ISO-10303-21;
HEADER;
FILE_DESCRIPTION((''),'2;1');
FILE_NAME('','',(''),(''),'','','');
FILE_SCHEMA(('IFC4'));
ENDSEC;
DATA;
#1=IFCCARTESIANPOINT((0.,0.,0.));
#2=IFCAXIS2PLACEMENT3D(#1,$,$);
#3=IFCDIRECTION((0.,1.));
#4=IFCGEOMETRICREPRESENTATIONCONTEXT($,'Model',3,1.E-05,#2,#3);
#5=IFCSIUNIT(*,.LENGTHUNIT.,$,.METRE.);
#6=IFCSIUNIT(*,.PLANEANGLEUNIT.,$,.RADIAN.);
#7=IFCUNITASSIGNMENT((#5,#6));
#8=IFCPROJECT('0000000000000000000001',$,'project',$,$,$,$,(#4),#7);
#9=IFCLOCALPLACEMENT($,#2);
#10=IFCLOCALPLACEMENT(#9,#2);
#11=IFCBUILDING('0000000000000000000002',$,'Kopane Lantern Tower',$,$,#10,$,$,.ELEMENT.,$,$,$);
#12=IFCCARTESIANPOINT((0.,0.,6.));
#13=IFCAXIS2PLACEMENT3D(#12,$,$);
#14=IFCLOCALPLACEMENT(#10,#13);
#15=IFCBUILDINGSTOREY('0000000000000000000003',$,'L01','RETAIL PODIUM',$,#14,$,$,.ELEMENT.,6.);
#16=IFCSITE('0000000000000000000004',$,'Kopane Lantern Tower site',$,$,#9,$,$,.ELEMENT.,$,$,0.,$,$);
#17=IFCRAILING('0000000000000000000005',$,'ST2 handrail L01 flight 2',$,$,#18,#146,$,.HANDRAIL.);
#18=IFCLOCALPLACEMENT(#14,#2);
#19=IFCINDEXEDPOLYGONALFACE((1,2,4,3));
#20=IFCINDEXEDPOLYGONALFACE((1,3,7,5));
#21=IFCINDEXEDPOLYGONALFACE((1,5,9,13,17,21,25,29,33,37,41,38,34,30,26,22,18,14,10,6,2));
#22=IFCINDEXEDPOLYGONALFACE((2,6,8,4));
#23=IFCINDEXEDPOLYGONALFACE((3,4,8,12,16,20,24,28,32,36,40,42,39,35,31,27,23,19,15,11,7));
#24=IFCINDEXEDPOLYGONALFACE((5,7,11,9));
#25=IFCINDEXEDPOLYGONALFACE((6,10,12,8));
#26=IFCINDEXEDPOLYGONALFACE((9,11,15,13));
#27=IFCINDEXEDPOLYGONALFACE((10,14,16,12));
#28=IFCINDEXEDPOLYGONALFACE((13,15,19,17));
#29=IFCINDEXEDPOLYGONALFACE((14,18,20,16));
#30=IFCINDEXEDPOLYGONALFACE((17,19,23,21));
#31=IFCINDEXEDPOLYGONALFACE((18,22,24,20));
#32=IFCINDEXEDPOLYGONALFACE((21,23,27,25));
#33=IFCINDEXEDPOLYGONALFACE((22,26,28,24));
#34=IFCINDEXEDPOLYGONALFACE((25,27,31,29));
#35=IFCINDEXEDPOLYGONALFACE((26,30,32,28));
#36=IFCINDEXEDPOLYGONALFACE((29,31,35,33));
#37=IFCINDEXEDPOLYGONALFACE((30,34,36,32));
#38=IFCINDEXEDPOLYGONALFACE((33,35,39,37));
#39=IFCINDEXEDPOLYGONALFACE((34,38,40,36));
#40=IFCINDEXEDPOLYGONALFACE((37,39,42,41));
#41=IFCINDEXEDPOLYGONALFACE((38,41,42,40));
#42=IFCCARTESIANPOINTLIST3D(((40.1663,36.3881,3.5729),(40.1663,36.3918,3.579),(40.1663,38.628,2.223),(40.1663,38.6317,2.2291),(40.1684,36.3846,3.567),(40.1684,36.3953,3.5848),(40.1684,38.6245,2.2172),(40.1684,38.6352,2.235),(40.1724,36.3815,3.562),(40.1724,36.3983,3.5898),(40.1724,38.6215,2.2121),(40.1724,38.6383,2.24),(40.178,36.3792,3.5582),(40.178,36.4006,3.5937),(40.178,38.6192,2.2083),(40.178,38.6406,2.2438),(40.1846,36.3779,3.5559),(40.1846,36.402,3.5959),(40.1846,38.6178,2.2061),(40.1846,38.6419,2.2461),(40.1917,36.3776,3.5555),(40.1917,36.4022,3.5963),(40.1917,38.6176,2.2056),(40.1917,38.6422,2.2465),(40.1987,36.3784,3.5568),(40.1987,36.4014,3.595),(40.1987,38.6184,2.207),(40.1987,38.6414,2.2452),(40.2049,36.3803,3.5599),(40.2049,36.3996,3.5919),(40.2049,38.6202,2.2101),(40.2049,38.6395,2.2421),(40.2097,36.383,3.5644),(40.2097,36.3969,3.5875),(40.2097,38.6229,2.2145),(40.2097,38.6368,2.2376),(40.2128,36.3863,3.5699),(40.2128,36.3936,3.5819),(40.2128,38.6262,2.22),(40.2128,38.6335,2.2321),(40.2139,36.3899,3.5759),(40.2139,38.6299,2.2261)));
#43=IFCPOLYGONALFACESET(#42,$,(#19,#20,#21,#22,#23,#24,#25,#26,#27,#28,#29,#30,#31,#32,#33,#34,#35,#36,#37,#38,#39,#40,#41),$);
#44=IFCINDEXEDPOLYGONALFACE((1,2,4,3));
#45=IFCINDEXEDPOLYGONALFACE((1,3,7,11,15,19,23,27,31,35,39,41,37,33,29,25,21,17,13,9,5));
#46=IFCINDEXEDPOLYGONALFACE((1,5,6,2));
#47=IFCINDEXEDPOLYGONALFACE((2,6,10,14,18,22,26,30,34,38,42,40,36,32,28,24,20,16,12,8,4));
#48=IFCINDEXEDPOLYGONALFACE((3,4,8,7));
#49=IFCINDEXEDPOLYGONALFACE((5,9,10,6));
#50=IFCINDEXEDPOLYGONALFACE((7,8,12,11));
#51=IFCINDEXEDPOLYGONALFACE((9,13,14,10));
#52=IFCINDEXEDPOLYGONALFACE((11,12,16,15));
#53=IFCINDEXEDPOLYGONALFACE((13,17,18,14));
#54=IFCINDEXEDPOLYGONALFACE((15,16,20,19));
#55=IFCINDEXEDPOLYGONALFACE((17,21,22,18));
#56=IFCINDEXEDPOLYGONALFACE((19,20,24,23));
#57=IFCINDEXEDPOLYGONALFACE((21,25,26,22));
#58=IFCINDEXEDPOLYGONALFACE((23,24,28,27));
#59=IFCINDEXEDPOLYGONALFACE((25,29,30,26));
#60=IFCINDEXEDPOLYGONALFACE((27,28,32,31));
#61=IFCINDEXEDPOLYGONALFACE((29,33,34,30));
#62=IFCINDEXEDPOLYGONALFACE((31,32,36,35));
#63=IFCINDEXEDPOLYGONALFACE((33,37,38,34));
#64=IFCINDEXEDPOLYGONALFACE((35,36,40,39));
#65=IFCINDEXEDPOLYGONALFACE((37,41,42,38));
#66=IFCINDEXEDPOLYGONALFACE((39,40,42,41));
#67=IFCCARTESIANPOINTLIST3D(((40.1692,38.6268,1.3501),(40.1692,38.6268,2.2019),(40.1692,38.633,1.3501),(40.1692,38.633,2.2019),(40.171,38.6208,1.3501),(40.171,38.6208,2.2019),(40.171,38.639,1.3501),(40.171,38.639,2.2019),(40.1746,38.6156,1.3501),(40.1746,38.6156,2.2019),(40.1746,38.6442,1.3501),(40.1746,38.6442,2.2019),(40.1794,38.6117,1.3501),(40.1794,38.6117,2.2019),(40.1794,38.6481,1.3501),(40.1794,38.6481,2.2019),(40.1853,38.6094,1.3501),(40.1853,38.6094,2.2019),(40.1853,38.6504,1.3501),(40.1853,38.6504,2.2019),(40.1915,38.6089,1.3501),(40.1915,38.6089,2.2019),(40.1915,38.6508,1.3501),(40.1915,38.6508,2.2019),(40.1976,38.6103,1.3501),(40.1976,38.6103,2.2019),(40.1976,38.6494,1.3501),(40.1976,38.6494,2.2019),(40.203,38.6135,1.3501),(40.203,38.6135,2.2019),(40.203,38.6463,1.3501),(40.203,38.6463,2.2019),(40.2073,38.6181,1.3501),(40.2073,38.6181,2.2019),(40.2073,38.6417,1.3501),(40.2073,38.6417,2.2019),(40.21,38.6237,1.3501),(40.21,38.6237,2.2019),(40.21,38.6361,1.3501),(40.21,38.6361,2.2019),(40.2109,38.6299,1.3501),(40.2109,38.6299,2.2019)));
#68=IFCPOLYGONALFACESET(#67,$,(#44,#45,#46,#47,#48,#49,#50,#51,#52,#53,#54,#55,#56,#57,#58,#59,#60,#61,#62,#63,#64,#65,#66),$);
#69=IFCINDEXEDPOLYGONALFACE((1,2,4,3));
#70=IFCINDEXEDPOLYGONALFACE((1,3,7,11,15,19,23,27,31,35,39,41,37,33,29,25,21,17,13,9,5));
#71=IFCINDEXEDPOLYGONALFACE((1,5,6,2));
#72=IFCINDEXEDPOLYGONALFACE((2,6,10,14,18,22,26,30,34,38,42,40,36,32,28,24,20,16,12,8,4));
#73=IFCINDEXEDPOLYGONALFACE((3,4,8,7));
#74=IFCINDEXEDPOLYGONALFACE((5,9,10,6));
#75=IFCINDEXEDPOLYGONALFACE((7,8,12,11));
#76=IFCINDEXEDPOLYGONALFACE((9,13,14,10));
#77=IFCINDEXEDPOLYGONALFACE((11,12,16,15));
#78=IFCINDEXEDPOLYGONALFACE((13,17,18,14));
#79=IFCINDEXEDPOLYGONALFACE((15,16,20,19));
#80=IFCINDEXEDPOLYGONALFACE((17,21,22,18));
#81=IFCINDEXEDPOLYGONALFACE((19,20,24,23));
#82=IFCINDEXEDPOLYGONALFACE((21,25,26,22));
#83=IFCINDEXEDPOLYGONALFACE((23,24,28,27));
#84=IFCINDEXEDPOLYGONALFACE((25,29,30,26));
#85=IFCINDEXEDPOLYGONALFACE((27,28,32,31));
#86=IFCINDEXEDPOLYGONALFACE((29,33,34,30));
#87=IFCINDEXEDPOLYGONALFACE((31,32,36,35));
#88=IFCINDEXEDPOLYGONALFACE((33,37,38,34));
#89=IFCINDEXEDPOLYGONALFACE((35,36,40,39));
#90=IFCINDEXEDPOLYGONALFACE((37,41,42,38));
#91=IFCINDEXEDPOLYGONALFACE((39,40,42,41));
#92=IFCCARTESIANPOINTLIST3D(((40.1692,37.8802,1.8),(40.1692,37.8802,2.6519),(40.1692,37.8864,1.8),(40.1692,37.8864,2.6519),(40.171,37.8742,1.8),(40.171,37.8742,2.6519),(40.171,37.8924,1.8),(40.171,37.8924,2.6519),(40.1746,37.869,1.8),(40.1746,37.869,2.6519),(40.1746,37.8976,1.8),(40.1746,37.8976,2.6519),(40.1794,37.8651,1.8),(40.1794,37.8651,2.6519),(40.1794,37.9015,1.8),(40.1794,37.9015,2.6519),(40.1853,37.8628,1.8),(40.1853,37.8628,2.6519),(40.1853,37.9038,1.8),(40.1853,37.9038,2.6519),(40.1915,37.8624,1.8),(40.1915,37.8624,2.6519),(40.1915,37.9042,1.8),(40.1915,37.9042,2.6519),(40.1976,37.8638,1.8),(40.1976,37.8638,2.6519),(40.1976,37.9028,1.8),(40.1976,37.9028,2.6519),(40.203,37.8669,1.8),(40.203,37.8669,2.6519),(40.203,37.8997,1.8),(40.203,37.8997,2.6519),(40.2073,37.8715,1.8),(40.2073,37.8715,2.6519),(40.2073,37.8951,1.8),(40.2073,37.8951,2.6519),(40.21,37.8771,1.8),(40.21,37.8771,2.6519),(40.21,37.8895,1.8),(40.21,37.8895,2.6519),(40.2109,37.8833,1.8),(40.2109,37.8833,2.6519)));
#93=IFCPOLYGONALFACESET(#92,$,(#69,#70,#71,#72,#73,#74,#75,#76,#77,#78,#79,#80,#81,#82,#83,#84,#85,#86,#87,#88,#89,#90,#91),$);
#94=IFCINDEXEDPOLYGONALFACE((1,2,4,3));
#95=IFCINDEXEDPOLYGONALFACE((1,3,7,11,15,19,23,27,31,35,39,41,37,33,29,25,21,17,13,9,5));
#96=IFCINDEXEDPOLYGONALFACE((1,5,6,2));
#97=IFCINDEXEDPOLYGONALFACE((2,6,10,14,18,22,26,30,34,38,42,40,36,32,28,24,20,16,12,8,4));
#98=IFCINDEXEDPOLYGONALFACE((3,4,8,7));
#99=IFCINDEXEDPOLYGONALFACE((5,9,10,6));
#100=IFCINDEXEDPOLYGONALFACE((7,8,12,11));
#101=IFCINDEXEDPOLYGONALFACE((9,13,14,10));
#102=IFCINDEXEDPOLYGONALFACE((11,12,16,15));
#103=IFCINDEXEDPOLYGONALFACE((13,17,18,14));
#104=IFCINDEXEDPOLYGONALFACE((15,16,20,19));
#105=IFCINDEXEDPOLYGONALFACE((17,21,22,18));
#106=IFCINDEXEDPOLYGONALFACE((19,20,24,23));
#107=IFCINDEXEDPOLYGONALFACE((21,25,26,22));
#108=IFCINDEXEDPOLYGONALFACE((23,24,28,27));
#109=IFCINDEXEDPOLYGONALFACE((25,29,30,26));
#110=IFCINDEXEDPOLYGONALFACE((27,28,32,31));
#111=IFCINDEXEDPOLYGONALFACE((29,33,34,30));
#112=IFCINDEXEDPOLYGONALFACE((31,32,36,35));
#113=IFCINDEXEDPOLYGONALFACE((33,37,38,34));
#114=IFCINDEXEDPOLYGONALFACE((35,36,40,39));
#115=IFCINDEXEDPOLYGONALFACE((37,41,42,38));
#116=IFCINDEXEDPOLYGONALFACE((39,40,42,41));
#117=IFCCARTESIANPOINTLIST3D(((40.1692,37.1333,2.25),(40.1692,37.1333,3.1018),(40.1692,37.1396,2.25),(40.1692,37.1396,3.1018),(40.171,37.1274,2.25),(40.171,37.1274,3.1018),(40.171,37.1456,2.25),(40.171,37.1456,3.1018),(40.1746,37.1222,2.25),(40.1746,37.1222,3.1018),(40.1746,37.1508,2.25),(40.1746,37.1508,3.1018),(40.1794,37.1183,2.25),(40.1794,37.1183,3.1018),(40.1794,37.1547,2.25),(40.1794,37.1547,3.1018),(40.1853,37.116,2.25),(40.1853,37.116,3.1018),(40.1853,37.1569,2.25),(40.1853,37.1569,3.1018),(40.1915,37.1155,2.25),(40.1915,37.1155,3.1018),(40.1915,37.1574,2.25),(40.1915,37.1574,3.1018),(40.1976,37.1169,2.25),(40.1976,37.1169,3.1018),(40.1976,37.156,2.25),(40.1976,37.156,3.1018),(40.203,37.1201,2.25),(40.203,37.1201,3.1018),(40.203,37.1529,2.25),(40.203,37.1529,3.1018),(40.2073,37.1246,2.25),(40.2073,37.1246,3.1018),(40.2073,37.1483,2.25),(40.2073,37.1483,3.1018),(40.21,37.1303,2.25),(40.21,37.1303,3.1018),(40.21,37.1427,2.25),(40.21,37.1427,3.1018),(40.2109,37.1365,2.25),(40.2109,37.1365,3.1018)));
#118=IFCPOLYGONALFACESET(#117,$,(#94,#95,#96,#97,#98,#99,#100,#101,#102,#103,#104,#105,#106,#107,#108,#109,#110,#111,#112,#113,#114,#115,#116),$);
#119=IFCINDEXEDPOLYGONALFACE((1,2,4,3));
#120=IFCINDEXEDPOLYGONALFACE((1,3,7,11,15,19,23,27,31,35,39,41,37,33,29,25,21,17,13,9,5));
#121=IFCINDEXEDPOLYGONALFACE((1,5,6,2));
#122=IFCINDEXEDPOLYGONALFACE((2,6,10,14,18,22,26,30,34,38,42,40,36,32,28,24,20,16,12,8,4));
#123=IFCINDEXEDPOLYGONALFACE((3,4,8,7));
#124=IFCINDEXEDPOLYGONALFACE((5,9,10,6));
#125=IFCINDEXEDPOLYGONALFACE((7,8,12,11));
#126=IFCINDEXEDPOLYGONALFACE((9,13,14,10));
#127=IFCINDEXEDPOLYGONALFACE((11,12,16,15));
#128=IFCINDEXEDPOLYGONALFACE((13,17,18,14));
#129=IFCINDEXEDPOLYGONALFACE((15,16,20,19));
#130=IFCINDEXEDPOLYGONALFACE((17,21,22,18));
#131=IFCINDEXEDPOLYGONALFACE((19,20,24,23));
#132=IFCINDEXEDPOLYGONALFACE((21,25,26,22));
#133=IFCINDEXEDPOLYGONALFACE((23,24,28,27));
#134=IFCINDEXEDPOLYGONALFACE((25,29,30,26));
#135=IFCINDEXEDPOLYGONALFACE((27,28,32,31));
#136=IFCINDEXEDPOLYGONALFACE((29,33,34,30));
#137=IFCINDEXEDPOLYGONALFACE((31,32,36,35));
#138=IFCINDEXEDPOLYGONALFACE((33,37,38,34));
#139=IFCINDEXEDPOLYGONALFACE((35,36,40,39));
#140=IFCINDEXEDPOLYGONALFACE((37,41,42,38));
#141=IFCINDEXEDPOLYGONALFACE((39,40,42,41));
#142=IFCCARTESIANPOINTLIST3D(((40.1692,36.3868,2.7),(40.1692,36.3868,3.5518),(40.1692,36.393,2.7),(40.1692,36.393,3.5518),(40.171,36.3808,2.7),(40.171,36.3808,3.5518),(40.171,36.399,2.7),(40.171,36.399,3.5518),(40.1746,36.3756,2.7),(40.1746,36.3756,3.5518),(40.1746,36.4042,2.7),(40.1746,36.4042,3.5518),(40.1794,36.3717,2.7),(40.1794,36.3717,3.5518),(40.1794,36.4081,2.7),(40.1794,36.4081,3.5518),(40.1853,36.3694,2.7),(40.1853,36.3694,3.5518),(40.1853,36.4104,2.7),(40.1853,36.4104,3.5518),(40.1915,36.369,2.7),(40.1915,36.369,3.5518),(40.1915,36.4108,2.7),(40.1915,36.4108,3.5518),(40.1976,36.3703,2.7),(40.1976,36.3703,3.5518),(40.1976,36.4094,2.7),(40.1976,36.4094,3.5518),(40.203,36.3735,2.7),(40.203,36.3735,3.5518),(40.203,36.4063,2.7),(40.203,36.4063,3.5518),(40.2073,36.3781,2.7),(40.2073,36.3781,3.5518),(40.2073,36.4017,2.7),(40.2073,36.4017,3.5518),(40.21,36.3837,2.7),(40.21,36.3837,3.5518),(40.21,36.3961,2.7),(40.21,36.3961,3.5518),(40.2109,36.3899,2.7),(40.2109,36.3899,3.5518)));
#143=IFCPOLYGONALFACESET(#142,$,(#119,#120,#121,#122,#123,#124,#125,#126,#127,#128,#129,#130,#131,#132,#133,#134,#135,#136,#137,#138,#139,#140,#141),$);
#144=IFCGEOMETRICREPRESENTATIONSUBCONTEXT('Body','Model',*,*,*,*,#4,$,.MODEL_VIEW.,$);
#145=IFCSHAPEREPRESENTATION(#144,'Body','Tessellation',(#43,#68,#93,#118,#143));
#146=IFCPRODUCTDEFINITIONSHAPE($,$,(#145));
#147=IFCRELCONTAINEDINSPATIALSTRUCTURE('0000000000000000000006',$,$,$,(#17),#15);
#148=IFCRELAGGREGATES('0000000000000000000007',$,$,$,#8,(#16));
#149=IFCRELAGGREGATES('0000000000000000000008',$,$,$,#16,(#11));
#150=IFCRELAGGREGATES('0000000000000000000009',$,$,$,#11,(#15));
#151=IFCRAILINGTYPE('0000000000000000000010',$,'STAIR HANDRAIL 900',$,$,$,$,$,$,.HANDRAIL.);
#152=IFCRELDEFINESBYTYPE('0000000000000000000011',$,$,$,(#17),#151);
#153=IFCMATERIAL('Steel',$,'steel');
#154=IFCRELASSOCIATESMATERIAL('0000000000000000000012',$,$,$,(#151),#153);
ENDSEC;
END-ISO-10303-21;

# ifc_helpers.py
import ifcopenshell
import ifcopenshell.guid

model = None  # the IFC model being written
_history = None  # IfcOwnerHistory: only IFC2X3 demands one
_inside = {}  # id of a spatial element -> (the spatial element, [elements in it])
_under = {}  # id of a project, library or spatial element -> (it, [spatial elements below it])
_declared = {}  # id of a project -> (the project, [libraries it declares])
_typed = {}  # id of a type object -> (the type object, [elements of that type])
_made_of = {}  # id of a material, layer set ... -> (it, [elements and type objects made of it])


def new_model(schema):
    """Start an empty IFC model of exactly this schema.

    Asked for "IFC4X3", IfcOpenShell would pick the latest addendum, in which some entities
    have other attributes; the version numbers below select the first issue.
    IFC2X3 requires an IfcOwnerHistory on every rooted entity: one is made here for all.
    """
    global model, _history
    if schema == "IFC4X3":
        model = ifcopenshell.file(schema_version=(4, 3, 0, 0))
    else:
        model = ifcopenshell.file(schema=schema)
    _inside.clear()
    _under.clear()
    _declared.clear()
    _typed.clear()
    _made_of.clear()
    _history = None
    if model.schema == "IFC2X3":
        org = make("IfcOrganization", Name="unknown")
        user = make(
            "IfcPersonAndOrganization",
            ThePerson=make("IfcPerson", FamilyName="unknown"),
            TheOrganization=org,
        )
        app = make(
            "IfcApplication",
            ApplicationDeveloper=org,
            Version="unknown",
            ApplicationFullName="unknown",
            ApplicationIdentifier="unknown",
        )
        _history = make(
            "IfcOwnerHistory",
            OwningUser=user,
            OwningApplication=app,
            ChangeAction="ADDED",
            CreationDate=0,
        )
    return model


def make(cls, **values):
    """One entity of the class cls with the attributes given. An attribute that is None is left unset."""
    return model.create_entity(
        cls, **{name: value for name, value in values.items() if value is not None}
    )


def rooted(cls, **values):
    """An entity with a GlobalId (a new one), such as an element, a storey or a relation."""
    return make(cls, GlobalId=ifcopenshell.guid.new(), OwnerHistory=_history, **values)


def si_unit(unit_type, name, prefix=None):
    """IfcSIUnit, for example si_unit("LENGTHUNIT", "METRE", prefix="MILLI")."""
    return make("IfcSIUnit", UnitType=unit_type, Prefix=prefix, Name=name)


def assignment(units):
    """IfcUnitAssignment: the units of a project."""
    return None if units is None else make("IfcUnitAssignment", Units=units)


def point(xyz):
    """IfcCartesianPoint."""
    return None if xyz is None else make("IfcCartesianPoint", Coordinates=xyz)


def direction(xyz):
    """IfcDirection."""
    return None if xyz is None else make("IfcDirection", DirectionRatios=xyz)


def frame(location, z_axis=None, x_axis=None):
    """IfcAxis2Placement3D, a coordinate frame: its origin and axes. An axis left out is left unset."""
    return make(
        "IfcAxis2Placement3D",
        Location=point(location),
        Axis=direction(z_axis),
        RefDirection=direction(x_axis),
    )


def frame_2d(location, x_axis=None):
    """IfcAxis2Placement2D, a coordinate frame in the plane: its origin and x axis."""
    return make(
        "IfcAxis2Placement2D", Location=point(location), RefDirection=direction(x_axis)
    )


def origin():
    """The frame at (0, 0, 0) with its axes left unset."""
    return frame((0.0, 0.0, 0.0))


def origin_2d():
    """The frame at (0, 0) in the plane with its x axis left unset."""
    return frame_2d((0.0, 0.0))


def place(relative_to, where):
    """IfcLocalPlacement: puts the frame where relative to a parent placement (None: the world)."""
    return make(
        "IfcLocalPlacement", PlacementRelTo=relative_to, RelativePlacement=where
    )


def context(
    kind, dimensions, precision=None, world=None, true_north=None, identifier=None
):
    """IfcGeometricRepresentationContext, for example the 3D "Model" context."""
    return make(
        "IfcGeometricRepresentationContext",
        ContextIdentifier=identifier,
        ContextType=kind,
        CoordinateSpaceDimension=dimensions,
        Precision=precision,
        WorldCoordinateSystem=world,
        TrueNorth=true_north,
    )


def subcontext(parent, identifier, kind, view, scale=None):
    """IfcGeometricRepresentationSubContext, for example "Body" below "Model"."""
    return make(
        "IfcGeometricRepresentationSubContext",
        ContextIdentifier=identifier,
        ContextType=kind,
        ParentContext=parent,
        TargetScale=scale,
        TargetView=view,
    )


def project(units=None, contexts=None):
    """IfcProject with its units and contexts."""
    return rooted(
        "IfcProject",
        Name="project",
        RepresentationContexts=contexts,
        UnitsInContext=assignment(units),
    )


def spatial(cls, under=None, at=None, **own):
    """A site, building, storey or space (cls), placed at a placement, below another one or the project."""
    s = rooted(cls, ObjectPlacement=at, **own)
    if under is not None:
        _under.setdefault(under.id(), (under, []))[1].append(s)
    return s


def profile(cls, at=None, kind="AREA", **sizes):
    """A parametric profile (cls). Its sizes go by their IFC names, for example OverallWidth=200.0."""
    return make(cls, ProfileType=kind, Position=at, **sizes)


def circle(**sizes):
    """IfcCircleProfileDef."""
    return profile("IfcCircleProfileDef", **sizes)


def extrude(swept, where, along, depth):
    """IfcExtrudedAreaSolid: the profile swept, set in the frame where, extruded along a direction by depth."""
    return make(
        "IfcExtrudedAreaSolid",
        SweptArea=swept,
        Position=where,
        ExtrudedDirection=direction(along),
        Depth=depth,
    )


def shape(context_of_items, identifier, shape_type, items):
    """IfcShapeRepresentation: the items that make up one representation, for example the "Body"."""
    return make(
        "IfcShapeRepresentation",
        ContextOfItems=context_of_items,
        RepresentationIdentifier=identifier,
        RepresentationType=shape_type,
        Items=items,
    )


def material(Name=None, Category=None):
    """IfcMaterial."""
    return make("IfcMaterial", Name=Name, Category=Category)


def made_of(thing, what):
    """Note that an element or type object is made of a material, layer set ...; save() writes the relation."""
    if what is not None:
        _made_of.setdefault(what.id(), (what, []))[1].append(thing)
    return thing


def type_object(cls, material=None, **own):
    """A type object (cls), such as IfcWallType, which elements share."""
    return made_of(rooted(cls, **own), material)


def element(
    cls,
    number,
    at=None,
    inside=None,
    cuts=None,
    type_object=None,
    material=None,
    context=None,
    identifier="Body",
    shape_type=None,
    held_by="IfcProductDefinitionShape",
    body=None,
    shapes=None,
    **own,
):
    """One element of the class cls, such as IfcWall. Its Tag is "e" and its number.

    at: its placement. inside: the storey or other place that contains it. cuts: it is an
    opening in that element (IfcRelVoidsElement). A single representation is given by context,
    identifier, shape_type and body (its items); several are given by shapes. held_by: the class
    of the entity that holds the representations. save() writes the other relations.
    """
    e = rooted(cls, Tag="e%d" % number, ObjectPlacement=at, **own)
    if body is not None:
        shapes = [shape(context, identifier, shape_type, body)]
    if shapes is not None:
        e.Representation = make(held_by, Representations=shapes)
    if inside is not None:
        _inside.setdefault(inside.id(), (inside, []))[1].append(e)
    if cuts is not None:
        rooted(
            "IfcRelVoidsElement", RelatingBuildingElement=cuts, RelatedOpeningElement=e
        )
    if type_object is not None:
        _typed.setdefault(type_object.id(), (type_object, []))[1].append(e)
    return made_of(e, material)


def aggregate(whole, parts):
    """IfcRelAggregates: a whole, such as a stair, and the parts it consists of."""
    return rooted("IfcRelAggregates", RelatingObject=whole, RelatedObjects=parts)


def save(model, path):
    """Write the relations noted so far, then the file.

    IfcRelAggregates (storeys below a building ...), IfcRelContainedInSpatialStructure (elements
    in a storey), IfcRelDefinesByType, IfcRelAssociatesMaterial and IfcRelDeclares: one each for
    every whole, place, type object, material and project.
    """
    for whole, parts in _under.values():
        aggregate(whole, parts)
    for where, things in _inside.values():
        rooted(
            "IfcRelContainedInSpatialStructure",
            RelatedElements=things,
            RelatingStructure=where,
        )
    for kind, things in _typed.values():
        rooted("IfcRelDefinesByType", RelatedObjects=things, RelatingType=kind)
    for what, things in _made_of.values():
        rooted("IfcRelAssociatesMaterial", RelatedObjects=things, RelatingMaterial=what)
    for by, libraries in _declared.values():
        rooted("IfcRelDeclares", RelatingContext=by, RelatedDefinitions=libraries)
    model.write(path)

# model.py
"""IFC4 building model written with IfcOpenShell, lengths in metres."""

from ifc_helpers import new_model, si_unit, direction, frame, origin, origin_2d, place, context, subcontext, project, spatial, circle, extrude, material, type_object, element, save


model = new_model("IFC4")

# Units and contexts
model_context = context("Model", 3, precision=1e-05, world=origin(), true_north=direction((0.0, 1.0)))
body_context = subcontext(model_context, "Body", "Model", "MODEL_VIEW")
ifc_project = project(units=[si_unit("LENGTHUNIT", "METRE"), si_unit("PLANEANGLEUNIT", "RADIAN")], contexts=[model_context])

# Site, building, storey
site_placement = place(None, origin())
site = spatial("IfcSite", under=ifc_project, at=site_placement, Name="Kopane Lantern Tower site", CompositionType="ELEMENT", RefElevation=0.0)
building_placement = place(site_placement, origin())
building = spatial("IfcBuilding", under=site, at=building_placement, Name="Kopane Lantern Tower", CompositionType="ELEMENT")
storey_placement = place(building_placement, frame((0.0, 0.0, 6.0)))
storey = spatial("IfcBuildingStorey", under=building, at=storey_placement, Name="L01", Description="RETAIL PODIUM", CompositionType="ELEMENT", Elevation=6.0)

# Railing
ifc_material_1 = material(Name="Steel", Category="steel")
railing_type_1 = type_object("IfcRailingType", Name="STAIR HANDRAIL 900", PredefinedType="HANDRAIL", material=ifc_material_1)
for number, where, name in (
    (1, (40.1899, 38.6299, 1.3501), "ST2 handrail L01 flight 2"),
):
    element("IfcRailing", number, at=place(storey_placement, frame(where)), inside=storey, type_object=railing_type_1, Name=name, PredefinedType="HANDRAIL", context=body_context, shape_type="SweptSolid", body=[
        extrude(circle(Radius=0.0239, at=origin_2d()), frame((0.0, 0.0, 0.876), z_axis=(0.0, -0.856503, 0.516142), x_axis=(1.0, 0.0, 0.0)), (0.0, 0.0, 1.0), 2.6152),
        extrude(circle(Radius=0.021, at=origin_2d()), origin(), (0.0, 0.0, 1.0), 0.8518),
        extrude(circle(Radius=0.021, at=origin_2d()), frame((0.0, -0.7466, 0.45)), (0.0, 0.0, 1.0), 0.8518),
        extrude(circle(Radius=0.021, at=origin_2d()), frame((0.0, -1.4934, 0.8999)), (0.0, 0.0, 1.0), 0.8518),
        extrude(circle(Radius=0.021, at=origin_2d()), frame((0.0, -2.24, 1.3499)), (0.0, 0.0, 1.0), 0.8518),
    ])

save(model, "model.ifc")
